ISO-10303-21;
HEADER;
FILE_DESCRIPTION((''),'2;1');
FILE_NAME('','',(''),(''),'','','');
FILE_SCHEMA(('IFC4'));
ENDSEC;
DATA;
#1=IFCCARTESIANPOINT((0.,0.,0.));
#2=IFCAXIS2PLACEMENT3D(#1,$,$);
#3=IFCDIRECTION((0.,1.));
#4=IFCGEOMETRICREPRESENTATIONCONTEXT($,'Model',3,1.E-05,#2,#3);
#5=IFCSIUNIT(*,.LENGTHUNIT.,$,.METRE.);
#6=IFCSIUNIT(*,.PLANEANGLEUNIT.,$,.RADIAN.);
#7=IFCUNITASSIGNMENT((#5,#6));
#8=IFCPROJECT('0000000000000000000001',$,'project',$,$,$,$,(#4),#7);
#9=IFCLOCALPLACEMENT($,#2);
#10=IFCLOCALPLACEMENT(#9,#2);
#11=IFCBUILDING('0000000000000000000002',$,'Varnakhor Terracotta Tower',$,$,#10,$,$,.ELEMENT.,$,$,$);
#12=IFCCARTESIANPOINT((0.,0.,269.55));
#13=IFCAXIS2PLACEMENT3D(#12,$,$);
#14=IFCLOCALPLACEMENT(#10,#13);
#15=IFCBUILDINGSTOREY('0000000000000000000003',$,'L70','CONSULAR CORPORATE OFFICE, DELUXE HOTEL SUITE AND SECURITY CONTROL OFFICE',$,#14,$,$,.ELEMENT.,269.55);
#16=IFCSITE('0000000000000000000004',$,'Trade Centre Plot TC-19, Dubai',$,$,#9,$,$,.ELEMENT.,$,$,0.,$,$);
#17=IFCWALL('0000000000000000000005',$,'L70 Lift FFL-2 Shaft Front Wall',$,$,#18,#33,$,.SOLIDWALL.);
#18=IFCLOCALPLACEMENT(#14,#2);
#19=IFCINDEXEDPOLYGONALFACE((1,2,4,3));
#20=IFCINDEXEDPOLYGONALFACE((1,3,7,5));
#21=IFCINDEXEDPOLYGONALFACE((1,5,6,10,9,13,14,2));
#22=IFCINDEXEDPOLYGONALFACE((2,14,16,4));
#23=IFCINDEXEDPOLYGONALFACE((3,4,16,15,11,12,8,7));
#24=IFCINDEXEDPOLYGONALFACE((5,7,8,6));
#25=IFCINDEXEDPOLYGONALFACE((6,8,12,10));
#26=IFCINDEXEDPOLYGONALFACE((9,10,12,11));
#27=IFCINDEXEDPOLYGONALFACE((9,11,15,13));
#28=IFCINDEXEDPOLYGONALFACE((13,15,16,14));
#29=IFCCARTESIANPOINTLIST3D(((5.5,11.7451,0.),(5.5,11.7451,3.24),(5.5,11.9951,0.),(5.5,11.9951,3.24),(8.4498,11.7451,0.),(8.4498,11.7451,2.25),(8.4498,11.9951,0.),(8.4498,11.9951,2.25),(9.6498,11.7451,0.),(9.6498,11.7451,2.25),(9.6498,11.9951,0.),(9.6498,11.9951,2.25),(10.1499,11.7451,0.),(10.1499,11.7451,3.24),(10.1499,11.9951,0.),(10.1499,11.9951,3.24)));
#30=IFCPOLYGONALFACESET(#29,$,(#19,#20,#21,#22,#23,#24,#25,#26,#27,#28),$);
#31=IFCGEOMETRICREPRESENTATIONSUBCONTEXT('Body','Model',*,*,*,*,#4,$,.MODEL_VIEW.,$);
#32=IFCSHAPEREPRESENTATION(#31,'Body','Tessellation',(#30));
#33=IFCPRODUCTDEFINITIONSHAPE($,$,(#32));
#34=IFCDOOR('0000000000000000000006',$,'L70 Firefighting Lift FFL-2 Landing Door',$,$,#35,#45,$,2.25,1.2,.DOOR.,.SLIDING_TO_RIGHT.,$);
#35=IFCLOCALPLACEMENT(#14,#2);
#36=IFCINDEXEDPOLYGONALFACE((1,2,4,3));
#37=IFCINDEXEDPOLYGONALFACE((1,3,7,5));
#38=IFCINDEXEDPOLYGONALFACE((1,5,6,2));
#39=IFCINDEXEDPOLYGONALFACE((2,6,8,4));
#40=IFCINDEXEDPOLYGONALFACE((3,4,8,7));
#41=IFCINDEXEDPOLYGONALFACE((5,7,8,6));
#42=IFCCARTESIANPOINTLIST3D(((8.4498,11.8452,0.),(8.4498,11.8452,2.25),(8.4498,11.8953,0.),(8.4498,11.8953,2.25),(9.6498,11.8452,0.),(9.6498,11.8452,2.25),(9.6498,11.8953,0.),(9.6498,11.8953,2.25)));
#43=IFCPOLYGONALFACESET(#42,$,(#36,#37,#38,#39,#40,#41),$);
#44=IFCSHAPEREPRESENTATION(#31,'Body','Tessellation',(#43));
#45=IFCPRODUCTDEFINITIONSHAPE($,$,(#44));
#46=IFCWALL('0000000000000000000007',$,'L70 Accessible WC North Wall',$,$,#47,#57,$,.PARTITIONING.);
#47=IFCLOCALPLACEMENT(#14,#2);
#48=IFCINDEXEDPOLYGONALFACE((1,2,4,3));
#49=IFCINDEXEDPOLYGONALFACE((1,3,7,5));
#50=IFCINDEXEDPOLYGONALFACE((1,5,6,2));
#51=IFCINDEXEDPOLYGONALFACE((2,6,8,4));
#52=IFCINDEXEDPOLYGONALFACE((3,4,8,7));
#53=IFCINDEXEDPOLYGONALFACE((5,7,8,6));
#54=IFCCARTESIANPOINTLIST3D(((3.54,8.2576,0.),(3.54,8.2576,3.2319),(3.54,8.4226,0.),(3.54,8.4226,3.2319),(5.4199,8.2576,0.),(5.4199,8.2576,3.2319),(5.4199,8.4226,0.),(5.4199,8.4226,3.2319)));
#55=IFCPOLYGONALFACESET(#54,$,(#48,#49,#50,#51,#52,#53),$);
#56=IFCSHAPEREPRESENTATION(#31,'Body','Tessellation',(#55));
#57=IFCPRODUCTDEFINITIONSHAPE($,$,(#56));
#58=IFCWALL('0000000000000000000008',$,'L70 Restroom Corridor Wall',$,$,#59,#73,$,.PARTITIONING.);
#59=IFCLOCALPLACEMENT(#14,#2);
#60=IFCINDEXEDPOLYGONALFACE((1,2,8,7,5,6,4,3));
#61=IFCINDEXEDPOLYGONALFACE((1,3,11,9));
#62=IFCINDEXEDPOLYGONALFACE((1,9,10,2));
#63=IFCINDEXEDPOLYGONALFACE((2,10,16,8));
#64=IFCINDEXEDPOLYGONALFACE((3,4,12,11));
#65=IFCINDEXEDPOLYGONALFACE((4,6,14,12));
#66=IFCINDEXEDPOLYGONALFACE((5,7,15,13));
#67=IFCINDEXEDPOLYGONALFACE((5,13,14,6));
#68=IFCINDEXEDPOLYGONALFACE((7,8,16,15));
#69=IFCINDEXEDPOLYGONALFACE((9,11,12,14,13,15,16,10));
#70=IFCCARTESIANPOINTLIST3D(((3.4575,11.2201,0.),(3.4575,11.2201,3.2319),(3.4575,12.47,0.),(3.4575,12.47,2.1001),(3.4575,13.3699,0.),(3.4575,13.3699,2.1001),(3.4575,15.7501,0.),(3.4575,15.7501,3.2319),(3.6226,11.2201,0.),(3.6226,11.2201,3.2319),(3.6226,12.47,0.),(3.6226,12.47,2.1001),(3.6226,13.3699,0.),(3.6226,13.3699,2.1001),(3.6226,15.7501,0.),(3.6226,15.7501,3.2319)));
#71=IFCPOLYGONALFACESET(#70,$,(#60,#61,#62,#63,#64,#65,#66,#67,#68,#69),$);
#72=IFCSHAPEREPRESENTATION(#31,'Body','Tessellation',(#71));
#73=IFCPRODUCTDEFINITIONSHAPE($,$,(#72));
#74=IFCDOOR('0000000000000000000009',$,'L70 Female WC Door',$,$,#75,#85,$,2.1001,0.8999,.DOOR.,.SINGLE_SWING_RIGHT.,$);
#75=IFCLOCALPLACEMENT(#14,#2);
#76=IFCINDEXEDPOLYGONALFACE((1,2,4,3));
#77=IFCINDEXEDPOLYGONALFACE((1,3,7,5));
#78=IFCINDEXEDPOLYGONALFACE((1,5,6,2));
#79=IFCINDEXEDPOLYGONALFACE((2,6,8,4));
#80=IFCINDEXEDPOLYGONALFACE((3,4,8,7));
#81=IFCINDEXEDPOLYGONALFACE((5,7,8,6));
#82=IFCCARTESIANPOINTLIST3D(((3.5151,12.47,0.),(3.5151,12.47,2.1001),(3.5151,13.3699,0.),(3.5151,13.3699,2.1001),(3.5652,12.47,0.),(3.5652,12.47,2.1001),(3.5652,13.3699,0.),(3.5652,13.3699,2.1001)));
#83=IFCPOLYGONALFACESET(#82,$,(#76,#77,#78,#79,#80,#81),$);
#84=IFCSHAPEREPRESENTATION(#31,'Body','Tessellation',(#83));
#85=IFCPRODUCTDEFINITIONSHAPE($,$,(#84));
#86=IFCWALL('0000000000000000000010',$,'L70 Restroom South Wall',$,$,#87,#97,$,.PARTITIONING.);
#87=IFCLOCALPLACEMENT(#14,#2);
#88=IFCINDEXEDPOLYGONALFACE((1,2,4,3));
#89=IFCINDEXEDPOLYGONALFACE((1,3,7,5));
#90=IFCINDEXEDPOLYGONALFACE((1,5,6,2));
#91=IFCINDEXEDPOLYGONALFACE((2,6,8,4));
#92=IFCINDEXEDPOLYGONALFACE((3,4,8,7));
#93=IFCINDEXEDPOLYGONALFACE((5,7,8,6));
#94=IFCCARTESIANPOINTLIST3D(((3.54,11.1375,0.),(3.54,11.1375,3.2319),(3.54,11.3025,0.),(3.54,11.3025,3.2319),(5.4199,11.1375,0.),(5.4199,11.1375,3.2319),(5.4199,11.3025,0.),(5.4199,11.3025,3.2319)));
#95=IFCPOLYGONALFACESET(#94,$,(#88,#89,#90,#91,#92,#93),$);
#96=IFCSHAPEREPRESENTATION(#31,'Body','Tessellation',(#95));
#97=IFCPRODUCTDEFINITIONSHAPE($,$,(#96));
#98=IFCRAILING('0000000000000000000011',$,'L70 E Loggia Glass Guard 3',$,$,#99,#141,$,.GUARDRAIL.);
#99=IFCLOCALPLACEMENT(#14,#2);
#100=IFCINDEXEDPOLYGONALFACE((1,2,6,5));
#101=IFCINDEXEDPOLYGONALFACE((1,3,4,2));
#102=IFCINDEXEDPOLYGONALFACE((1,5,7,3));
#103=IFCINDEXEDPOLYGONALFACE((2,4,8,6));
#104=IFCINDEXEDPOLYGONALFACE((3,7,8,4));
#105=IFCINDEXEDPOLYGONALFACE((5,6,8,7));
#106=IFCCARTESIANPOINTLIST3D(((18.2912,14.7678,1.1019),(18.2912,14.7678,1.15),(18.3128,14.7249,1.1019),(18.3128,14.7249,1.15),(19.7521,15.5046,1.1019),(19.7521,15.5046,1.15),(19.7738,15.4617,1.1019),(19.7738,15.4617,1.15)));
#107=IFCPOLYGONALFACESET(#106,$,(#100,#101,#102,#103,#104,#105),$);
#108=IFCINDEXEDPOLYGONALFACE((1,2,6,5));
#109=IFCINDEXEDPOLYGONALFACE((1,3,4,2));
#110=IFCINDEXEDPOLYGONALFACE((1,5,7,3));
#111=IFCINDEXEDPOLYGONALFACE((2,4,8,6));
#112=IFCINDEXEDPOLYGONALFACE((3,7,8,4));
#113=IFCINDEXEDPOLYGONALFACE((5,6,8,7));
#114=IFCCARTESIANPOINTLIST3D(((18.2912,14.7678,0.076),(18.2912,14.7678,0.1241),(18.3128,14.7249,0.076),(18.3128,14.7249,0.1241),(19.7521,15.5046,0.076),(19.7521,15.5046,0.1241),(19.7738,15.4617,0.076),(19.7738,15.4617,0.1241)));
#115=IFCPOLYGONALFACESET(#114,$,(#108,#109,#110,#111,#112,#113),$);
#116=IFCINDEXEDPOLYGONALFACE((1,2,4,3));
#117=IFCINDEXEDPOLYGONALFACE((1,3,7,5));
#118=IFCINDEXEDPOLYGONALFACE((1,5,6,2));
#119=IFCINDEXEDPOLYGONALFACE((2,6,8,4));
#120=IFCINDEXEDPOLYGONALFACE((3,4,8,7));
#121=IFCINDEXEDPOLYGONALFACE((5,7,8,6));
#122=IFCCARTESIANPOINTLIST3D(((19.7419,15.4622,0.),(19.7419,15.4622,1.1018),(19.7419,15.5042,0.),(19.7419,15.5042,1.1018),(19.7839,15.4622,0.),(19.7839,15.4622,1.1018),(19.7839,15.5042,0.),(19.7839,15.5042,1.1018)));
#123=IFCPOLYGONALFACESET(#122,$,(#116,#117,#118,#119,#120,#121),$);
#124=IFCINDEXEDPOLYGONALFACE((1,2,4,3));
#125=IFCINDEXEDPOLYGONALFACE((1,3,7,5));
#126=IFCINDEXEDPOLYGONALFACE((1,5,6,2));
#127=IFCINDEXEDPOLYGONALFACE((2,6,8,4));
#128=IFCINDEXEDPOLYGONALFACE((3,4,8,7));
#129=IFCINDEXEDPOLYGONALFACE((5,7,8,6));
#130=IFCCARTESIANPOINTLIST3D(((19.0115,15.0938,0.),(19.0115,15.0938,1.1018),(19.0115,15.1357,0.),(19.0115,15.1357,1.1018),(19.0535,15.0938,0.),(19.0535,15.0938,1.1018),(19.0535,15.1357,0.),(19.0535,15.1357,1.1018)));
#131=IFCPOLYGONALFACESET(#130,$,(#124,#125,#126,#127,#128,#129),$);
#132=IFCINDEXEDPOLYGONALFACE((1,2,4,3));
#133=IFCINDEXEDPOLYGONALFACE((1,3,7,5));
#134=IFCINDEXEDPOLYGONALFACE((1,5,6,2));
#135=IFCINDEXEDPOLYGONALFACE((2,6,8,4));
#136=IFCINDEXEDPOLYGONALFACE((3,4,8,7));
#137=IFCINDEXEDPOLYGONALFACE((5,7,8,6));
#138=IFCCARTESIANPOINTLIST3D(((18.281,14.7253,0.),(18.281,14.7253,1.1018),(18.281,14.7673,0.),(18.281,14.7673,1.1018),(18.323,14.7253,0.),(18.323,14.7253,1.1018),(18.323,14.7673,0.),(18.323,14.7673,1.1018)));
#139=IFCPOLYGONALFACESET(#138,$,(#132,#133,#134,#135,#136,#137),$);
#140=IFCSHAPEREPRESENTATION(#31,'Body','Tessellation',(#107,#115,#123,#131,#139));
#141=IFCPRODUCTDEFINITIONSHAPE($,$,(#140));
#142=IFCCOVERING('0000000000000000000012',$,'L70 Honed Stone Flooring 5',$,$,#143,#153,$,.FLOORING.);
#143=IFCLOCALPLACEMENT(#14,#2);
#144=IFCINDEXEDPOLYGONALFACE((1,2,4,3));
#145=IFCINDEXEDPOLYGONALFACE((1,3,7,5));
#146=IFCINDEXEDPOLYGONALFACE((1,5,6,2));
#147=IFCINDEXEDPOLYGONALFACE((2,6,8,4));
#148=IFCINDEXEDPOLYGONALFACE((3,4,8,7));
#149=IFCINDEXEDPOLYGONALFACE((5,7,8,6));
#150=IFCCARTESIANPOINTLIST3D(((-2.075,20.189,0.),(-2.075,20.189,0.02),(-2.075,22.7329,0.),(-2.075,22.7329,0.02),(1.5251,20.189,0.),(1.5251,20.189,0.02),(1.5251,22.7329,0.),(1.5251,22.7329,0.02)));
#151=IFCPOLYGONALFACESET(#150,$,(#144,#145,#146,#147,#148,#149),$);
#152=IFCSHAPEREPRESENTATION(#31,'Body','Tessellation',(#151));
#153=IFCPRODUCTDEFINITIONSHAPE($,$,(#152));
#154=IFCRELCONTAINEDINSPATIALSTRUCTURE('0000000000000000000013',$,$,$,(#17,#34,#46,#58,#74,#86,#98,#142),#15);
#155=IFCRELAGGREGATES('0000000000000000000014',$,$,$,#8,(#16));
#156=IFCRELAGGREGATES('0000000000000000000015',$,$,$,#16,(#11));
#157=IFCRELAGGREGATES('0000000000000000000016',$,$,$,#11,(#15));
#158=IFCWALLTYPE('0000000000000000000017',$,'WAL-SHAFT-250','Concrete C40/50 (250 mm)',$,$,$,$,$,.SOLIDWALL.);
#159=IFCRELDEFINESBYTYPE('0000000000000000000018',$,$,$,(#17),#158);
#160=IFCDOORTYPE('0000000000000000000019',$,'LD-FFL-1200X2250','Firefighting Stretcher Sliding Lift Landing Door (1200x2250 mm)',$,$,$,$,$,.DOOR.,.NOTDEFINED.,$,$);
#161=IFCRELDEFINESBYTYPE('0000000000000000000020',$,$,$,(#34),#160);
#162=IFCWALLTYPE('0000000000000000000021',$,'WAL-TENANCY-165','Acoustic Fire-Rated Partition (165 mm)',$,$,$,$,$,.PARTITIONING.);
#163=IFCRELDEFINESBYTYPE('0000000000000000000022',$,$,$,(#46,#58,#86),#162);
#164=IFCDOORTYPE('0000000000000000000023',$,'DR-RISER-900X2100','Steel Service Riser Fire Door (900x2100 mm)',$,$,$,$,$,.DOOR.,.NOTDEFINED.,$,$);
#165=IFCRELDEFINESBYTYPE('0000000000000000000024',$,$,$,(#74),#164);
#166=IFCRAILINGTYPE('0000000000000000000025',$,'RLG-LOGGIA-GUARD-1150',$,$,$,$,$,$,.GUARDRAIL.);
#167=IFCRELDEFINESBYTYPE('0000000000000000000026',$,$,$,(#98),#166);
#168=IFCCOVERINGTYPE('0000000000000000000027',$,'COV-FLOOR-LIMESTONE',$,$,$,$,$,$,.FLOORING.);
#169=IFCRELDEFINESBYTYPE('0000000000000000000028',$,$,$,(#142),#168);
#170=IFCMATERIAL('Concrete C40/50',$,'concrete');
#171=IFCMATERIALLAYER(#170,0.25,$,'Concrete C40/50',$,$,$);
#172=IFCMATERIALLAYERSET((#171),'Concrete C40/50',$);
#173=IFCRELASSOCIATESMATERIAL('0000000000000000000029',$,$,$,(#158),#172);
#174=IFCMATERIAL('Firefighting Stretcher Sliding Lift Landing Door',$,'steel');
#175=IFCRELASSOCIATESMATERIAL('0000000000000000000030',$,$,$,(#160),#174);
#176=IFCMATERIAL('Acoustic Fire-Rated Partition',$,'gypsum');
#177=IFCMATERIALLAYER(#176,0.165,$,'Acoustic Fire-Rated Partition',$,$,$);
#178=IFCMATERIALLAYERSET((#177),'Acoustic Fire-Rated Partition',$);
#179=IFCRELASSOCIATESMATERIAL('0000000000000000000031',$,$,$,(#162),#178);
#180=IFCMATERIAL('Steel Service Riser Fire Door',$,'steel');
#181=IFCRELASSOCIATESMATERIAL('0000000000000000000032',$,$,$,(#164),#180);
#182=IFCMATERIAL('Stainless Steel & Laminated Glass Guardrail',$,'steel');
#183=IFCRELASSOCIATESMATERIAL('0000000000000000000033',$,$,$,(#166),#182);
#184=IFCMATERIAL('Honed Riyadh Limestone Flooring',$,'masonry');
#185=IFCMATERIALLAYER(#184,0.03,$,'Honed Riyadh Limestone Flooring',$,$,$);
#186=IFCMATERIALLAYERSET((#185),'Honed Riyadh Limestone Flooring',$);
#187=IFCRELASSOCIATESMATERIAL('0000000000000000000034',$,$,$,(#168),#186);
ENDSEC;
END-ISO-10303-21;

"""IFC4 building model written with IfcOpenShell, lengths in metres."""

from ifc_helpers import new_model, si_unit, direction, frame, frame_2d, origin, origin_2d, place, context, subcontext, project, spatial, rectangle, extrude, source, transform, mapped, material, layer, layer_set, type_object, type_shapes, element, fill, save


model = new_model("IFC4")

# Units and contexts
model_context = context("Model", 3, precision=1e-05, world=origin(), true_north=direction((0.0, 1.0)))
body_context = subcontext(model_context, "Body", "Model", "MODEL_VIEW")
ifc_project = project(units=[si_unit("LENGTHUNIT", "METRE"), si_unit("PLANEANGLEUNIT", "RADIAN")], contexts=[model_context])

# Site, building, storey
site_placement = place(None, origin())
site = spatial("IfcSite", under=ifc_project, at=site_placement, Name="Trade Centre Plot TC-19, Dubai", CompositionType="ELEMENT", RefElevation=0.0)
building_placement = place(site_placement, origin())
building = spatial("IfcBuilding", under=site, at=building_placement, Name="Varnakhor Terracotta Tower", CompositionType="ELEMENT")
storey_placement = place(building_placement, frame((0.0, 0.0, 269.55)))
storey = spatial("IfcBuildingStorey", under=building, at=storey_placement, Name="L70", Description="CONSULAR CORPORATE OFFICE, DELUXE HOTEL SUITE AND SECURITY CONTROL OFFICE", CompositionType="ELEMENT", Elevation=269.55)

# Shared definitions
ifc_material_1 = material(Name="Concrete C40/50", Category="concrete")

# Wall, opening, door
ifc_layer_1 = layer(ifc_material_1, 0.25, Name="Concrete C40/50")
ifc_layer_set_1 = layer_set([ifc_layer_1], Name="Concrete C40/50")
wall_type_1 = type_object("IfcWallType", Name="WAL-SHAFT-250", Description="Concrete C40/50 (250 mm)", PredefinedType="SOLIDWALL", material=ifc_layer_set_1)
wall_1_placement = place(storey_placement, frame((10.1499, 11.8701, 0.0), z_axis=(0.0, 0.0, 1.0), x_axis=(-1.0, 0.0, 0.0)))
wall_1 = element("IfcWall", 1, at=wall_1_placement, inside=storey, type_object=wall_type_1, Name="L70 Lift FFL-2 Shaft Front Wall", PredefinedType="SOLIDWALL", context=body_context, shape_type="SweptSolid", body=[
    extrude(rectangle(XDim=4.6499, YDim=0.25, at=frame_2d((2.325, 0.0))), origin(), (0.0, 0.0, 1.0), 3.24),
])
opening_1_placement = place(wall_1_placement, frame((0.5, 0.0, 0.0)))
opening_1 = element("IfcOpeningElement", 2, at=opening_1_placement, cuts=wall_1, PredefinedType="OPENING", context=body_context, shape_type="SweptSolid", body=[
    extrude(rectangle(XDim=1.2, YDim=2.25, at=frame_2d((0.6001, 1.125))), frame((0.0, 0.135, 0.0), z_axis=(0.0, -1.0, 0.0), x_axis=(1.0, 0.0, 0.0)), (0.0, 0.0, 1.0), 0.27),
])
ifc_material_2 = material(Name="Firefighting Stretcher Sliding Lift Landing Door", Category="steel")
door_type_1 = type_object("IfcDoorType", Name="LD-FFL-1200X2250", Description="Firefighting Stretcher Sliding Lift Landing Door (1200x2250 mm)", OperationType="NOTDEFINED", PredefinedType="DOOR", material=ifc_material_2)
shared_shape_1 = source(origin(), body_context, "Body", "SweptSolid", [
    extrude(rectangle(XDim=1.2, YDim=2.25, at=frame_2d((0.6001, 1.125))), frame((0.0, 0.0249, 0.0), z_axis=(0.0, -1.0, 0.0), x_axis=(1.0, 0.0, 0.0)), (0.0, 0.0, 1.0), 0.05),
])
type_shapes(door_type_1, [shared_shape_1])
door_1_placement = place(opening_1_placement, origin())
door_1 = element("IfcDoor", 3, at=door_1_placement, inside=storey, type_object=door_type_1, Name="L70 Firefighting Lift FFL-2 Landing Door", OperationType="SLIDING_TO_RIGHT", OverallHeight=2.25, OverallWidth=1.2, PredefinedType="DOOR", context=body_context, shape_type="MappedRepresentation", body=[
    mapped(shared_shape_1, transform((0.0, 0.0, 0.0), scale=1.0)),
])
fill(opening_1, door_1)

# Wall
ifc_material_3 = material(Name="Acoustic Fire-Rated Partition", Category="gypsum")
ifc_layer_2 = layer(ifc_material_3, 0.165, Name="Acoustic Fire-Rated Partition")
ifc_layer_set_2 = layer_set([ifc_layer_2], Name="Acoustic Fire-Rated Partition")
wall_type_2 = type_object("IfcWallType", Name="WAL-TENANCY-165", Description="Acoustic Fire-Rated Partition (165 mm)", PredefinedType="PARTITIONING", material=ifc_layer_set_2)
wall_2_placement = place(storey_placement, frame((3.54, 8.3401, 0.0), z_axis=(0.0, 0.0, 1.0), x_axis=(1.0, 0.0, 0.0)))
element("IfcWall", 4, at=wall_2_placement, inside=storey, type_object=wall_type_2, Name="L70 Accessible WC North Wall", PredefinedType="PARTITIONING", context=body_context, shape_type="SweptSolid", body=[
    extrude(rectangle(XDim=1.8799, YDim=0.165, at=frame_2d((0.9399, 0.0))), origin(), (0.0, 0.0, 1.0), 3.2319),
])

# Wall, opening, door
wall_3_placement = place(storey_placement, frame((3.54, 11.22, 0.0), z_axis=(0.0, 0.0, 1.0), x_axis=(0.0, 1.0, 0.0)))
wall_3 = element("IfcWall", 5, at=wall_3_placement, inside=storey, type_object=wall_type_2, Name="L70 Restroom Corridor Wall", PredefinedType="PARTITIONING", context=body_context, shape_type="SweptSolid", body=[
    extrude(rectangle(XDim=4.53, YDim=0.165, at=frame_2d((2.2651, 0.0))), origin(), (0.0, 0.0, 1.0), 3.2319),
])
opening_2_placement = place(wall_3_placement, frame((1.25, 0.0, 0.0)))
opening_2 = element("IfcOpeningElement", 6, at=opening_2_placement, cuts=wall_3, PredefinedType="OPENING", context=body_context, shape_type="SweptSolid", body=[
    extrude(rectangle(XDim=0.8999, YDim=2.1001, at=frame_2d((0.45, 1.05))), frame((0.0, 0.0925, 0.0), z_axis=(0.0, -1.0, 0.0), x_axis=(1.0, 0.0, 0.0)), (0.0, 0.0, 1.0), 0.1851),
])
ifc_material_4 = material(Name="Steel Service Riser Fire Door", Category="steel")
door_type_2 = type_object("IfcDoorType", Name="DR-RISER-900X2100", Description="Steel Service Riser Fire Door (900x2100 mm)", OperationType="NOTDEFINED", PredefinedType="DOOR", material=ifc_material_4)
shared_shape_2 = source(origin(), body_context, "Body", "SweptSolid", [
    extrude(rectangle(XDim=0.8999, YDim=2.1001, at=frame_2d((0.45, 1.05))), frame((0.0, 0.0249, 0.0), z_axis=(0.0, -1.0, 0.0), x_axis=(1.0, 0.0, 0.0)), (0.0, 0.0, 1.0), 0.05),
])
type_shapes(door_type_2, [shared_shape_2])
door_2_placement = place(opening_2_placement, origin())
door_2 = element("IfcDoor", 7, at=door_2_placement, inside=storey, type_object=door_type_2, Name="L70 Female WC Door", OperationType="SINGLE_SWING_RIGHT", OverallHeight=2.1001, OverallWidth=0.8999, PredefinedType="DOOR", context=body_context, shape_type="MappedRepresentation", body=[
    mapped(shared_shape_2, transform((0.0, 0.0, 0.0), scale=1.0)),
])
fill(opening_2, door_2)

# Wall
wall_4_placement = place(storey_placement, frame((3.54, 11.22, 0.0), z_axis=(0.0, 0.0, 1.0), x_axis=(1.0, 0.0, 0.0)))
element("IfcWall", 8, at=wall_4_placement, inside=storey, type_object=wall_type_2, Name="L70 Restroom South Wall", PredefinedType="PARTITIONING", context=body_context, shape_type="SweptSolid", body=[
    extrude(rectangle(XDim=1.8799, YDim=0.165, at=frame_2d((0.9399, 0.0))), origin(), (0.0, 0.0, 1.0), 3.2319),
])

# Railing
ifc_material_5 = material(Name="Stainless Steel & Laminated Glass Guardrail", Category="steel")
railing_type = type_object("IfcRailingType", Name="RLG-LOGGIA-GUARD-1150", PredefinedType="GUARDRAIL", material=ifc_material_5)
railing_placement = place(storey_placement, frame((19.7629, 15.4832, 0.0)))
element("IfcRailing", 9, at=railing_placement, inside=storey, type_object=railing_type, Name="L70 E Loggia Glass Guard 3", PredefinedType="GUARDRAIL", context=body_context, shape_type="SweptSolid", body=[
    extrude(rectangle(XDim=0.0481, YDim=0.0481, at=origin_2d()), frame((0.0, 0.0, 1.126), z_axis=(-0.89287, -0.450314, 0.0), x_axis=(0.450314, -0.89287, 0.0)), (0.0, 0.0, 1.0), 1.6362),
    extrude(rectangle(XDim=0.0481, YDim=0.0481, at=origin_2d()), frame((0.0, 0.0, 0.1001), z_axis=(-0.89287, -0.450314, 0.0), x_axis=(0.450314, -0.89287, 0.0)), (0.0, 0.0, 1.0), 1.6362),
    extrude(rectangle(XDim=0.042, YDim=0.042, at=origin_2d()), origin(), (0.0, 0.0, 1.0), 1.1018),
    extrude(rectangle(XDim=0.042, YDim=0.042, at=origin_2d()), frame((-0.7305, -0.3684, 0.0)), (0.0, 0.0, 1.0), 1.1018),
    extrude(rectangle(XDim=0.042, YDim=0.042, at=origin_2d()), frame((-1.4609, -0.7368, 0.0)), (0.0, 0.0, 1.0), 1.1018),
])

# Covering
ifc_material_6 = material(Name="Honed Riyadh Limestone Flooring", Category="masonry")
ifc_layer_3 = layer(ifc_material_6, 0.03, Name="Honed Riyadh Limestone Flooring")
ifc_layer_set_3 = layer_set([ifc_layer_3], Name="Honed Riyadh Limestone Flooring")
covering_type = type_object("IfcCoveringType", Name="COV-FLOOR-LIMESTONE", PredefinedType="FLOORING", material=ifc_layer_set_3)
shared_shape_3 = source(origin(), body_context, "Body", "SweptSolid", [
    extrude(rectangle(XDim=3.6001, YDim=2.5439, at=origin_2d()), origin(), (0.0, 0.0, 1.0), 0.02),
])
covering_placement = place(storey_placement, frame((-0.2749, 21.4609, 0.0), z_axis=(0.0, 0.0, 1.0), x_axis=(1.0, 0.0, 0.0)))
element("IfcCovering", 10, at=covering_placement, inside=storey, type_object=covering_type, Name="L70 Honed Stone Flooring 5", PredefinedType="FLOORING", context=body_context, shape_type="MappedRepresentation", body=[
    mapped(shared_shape_3, transform((0.0, 0.0, 0.0), scale=1.0)),
])

save(model, "model.ifc")
